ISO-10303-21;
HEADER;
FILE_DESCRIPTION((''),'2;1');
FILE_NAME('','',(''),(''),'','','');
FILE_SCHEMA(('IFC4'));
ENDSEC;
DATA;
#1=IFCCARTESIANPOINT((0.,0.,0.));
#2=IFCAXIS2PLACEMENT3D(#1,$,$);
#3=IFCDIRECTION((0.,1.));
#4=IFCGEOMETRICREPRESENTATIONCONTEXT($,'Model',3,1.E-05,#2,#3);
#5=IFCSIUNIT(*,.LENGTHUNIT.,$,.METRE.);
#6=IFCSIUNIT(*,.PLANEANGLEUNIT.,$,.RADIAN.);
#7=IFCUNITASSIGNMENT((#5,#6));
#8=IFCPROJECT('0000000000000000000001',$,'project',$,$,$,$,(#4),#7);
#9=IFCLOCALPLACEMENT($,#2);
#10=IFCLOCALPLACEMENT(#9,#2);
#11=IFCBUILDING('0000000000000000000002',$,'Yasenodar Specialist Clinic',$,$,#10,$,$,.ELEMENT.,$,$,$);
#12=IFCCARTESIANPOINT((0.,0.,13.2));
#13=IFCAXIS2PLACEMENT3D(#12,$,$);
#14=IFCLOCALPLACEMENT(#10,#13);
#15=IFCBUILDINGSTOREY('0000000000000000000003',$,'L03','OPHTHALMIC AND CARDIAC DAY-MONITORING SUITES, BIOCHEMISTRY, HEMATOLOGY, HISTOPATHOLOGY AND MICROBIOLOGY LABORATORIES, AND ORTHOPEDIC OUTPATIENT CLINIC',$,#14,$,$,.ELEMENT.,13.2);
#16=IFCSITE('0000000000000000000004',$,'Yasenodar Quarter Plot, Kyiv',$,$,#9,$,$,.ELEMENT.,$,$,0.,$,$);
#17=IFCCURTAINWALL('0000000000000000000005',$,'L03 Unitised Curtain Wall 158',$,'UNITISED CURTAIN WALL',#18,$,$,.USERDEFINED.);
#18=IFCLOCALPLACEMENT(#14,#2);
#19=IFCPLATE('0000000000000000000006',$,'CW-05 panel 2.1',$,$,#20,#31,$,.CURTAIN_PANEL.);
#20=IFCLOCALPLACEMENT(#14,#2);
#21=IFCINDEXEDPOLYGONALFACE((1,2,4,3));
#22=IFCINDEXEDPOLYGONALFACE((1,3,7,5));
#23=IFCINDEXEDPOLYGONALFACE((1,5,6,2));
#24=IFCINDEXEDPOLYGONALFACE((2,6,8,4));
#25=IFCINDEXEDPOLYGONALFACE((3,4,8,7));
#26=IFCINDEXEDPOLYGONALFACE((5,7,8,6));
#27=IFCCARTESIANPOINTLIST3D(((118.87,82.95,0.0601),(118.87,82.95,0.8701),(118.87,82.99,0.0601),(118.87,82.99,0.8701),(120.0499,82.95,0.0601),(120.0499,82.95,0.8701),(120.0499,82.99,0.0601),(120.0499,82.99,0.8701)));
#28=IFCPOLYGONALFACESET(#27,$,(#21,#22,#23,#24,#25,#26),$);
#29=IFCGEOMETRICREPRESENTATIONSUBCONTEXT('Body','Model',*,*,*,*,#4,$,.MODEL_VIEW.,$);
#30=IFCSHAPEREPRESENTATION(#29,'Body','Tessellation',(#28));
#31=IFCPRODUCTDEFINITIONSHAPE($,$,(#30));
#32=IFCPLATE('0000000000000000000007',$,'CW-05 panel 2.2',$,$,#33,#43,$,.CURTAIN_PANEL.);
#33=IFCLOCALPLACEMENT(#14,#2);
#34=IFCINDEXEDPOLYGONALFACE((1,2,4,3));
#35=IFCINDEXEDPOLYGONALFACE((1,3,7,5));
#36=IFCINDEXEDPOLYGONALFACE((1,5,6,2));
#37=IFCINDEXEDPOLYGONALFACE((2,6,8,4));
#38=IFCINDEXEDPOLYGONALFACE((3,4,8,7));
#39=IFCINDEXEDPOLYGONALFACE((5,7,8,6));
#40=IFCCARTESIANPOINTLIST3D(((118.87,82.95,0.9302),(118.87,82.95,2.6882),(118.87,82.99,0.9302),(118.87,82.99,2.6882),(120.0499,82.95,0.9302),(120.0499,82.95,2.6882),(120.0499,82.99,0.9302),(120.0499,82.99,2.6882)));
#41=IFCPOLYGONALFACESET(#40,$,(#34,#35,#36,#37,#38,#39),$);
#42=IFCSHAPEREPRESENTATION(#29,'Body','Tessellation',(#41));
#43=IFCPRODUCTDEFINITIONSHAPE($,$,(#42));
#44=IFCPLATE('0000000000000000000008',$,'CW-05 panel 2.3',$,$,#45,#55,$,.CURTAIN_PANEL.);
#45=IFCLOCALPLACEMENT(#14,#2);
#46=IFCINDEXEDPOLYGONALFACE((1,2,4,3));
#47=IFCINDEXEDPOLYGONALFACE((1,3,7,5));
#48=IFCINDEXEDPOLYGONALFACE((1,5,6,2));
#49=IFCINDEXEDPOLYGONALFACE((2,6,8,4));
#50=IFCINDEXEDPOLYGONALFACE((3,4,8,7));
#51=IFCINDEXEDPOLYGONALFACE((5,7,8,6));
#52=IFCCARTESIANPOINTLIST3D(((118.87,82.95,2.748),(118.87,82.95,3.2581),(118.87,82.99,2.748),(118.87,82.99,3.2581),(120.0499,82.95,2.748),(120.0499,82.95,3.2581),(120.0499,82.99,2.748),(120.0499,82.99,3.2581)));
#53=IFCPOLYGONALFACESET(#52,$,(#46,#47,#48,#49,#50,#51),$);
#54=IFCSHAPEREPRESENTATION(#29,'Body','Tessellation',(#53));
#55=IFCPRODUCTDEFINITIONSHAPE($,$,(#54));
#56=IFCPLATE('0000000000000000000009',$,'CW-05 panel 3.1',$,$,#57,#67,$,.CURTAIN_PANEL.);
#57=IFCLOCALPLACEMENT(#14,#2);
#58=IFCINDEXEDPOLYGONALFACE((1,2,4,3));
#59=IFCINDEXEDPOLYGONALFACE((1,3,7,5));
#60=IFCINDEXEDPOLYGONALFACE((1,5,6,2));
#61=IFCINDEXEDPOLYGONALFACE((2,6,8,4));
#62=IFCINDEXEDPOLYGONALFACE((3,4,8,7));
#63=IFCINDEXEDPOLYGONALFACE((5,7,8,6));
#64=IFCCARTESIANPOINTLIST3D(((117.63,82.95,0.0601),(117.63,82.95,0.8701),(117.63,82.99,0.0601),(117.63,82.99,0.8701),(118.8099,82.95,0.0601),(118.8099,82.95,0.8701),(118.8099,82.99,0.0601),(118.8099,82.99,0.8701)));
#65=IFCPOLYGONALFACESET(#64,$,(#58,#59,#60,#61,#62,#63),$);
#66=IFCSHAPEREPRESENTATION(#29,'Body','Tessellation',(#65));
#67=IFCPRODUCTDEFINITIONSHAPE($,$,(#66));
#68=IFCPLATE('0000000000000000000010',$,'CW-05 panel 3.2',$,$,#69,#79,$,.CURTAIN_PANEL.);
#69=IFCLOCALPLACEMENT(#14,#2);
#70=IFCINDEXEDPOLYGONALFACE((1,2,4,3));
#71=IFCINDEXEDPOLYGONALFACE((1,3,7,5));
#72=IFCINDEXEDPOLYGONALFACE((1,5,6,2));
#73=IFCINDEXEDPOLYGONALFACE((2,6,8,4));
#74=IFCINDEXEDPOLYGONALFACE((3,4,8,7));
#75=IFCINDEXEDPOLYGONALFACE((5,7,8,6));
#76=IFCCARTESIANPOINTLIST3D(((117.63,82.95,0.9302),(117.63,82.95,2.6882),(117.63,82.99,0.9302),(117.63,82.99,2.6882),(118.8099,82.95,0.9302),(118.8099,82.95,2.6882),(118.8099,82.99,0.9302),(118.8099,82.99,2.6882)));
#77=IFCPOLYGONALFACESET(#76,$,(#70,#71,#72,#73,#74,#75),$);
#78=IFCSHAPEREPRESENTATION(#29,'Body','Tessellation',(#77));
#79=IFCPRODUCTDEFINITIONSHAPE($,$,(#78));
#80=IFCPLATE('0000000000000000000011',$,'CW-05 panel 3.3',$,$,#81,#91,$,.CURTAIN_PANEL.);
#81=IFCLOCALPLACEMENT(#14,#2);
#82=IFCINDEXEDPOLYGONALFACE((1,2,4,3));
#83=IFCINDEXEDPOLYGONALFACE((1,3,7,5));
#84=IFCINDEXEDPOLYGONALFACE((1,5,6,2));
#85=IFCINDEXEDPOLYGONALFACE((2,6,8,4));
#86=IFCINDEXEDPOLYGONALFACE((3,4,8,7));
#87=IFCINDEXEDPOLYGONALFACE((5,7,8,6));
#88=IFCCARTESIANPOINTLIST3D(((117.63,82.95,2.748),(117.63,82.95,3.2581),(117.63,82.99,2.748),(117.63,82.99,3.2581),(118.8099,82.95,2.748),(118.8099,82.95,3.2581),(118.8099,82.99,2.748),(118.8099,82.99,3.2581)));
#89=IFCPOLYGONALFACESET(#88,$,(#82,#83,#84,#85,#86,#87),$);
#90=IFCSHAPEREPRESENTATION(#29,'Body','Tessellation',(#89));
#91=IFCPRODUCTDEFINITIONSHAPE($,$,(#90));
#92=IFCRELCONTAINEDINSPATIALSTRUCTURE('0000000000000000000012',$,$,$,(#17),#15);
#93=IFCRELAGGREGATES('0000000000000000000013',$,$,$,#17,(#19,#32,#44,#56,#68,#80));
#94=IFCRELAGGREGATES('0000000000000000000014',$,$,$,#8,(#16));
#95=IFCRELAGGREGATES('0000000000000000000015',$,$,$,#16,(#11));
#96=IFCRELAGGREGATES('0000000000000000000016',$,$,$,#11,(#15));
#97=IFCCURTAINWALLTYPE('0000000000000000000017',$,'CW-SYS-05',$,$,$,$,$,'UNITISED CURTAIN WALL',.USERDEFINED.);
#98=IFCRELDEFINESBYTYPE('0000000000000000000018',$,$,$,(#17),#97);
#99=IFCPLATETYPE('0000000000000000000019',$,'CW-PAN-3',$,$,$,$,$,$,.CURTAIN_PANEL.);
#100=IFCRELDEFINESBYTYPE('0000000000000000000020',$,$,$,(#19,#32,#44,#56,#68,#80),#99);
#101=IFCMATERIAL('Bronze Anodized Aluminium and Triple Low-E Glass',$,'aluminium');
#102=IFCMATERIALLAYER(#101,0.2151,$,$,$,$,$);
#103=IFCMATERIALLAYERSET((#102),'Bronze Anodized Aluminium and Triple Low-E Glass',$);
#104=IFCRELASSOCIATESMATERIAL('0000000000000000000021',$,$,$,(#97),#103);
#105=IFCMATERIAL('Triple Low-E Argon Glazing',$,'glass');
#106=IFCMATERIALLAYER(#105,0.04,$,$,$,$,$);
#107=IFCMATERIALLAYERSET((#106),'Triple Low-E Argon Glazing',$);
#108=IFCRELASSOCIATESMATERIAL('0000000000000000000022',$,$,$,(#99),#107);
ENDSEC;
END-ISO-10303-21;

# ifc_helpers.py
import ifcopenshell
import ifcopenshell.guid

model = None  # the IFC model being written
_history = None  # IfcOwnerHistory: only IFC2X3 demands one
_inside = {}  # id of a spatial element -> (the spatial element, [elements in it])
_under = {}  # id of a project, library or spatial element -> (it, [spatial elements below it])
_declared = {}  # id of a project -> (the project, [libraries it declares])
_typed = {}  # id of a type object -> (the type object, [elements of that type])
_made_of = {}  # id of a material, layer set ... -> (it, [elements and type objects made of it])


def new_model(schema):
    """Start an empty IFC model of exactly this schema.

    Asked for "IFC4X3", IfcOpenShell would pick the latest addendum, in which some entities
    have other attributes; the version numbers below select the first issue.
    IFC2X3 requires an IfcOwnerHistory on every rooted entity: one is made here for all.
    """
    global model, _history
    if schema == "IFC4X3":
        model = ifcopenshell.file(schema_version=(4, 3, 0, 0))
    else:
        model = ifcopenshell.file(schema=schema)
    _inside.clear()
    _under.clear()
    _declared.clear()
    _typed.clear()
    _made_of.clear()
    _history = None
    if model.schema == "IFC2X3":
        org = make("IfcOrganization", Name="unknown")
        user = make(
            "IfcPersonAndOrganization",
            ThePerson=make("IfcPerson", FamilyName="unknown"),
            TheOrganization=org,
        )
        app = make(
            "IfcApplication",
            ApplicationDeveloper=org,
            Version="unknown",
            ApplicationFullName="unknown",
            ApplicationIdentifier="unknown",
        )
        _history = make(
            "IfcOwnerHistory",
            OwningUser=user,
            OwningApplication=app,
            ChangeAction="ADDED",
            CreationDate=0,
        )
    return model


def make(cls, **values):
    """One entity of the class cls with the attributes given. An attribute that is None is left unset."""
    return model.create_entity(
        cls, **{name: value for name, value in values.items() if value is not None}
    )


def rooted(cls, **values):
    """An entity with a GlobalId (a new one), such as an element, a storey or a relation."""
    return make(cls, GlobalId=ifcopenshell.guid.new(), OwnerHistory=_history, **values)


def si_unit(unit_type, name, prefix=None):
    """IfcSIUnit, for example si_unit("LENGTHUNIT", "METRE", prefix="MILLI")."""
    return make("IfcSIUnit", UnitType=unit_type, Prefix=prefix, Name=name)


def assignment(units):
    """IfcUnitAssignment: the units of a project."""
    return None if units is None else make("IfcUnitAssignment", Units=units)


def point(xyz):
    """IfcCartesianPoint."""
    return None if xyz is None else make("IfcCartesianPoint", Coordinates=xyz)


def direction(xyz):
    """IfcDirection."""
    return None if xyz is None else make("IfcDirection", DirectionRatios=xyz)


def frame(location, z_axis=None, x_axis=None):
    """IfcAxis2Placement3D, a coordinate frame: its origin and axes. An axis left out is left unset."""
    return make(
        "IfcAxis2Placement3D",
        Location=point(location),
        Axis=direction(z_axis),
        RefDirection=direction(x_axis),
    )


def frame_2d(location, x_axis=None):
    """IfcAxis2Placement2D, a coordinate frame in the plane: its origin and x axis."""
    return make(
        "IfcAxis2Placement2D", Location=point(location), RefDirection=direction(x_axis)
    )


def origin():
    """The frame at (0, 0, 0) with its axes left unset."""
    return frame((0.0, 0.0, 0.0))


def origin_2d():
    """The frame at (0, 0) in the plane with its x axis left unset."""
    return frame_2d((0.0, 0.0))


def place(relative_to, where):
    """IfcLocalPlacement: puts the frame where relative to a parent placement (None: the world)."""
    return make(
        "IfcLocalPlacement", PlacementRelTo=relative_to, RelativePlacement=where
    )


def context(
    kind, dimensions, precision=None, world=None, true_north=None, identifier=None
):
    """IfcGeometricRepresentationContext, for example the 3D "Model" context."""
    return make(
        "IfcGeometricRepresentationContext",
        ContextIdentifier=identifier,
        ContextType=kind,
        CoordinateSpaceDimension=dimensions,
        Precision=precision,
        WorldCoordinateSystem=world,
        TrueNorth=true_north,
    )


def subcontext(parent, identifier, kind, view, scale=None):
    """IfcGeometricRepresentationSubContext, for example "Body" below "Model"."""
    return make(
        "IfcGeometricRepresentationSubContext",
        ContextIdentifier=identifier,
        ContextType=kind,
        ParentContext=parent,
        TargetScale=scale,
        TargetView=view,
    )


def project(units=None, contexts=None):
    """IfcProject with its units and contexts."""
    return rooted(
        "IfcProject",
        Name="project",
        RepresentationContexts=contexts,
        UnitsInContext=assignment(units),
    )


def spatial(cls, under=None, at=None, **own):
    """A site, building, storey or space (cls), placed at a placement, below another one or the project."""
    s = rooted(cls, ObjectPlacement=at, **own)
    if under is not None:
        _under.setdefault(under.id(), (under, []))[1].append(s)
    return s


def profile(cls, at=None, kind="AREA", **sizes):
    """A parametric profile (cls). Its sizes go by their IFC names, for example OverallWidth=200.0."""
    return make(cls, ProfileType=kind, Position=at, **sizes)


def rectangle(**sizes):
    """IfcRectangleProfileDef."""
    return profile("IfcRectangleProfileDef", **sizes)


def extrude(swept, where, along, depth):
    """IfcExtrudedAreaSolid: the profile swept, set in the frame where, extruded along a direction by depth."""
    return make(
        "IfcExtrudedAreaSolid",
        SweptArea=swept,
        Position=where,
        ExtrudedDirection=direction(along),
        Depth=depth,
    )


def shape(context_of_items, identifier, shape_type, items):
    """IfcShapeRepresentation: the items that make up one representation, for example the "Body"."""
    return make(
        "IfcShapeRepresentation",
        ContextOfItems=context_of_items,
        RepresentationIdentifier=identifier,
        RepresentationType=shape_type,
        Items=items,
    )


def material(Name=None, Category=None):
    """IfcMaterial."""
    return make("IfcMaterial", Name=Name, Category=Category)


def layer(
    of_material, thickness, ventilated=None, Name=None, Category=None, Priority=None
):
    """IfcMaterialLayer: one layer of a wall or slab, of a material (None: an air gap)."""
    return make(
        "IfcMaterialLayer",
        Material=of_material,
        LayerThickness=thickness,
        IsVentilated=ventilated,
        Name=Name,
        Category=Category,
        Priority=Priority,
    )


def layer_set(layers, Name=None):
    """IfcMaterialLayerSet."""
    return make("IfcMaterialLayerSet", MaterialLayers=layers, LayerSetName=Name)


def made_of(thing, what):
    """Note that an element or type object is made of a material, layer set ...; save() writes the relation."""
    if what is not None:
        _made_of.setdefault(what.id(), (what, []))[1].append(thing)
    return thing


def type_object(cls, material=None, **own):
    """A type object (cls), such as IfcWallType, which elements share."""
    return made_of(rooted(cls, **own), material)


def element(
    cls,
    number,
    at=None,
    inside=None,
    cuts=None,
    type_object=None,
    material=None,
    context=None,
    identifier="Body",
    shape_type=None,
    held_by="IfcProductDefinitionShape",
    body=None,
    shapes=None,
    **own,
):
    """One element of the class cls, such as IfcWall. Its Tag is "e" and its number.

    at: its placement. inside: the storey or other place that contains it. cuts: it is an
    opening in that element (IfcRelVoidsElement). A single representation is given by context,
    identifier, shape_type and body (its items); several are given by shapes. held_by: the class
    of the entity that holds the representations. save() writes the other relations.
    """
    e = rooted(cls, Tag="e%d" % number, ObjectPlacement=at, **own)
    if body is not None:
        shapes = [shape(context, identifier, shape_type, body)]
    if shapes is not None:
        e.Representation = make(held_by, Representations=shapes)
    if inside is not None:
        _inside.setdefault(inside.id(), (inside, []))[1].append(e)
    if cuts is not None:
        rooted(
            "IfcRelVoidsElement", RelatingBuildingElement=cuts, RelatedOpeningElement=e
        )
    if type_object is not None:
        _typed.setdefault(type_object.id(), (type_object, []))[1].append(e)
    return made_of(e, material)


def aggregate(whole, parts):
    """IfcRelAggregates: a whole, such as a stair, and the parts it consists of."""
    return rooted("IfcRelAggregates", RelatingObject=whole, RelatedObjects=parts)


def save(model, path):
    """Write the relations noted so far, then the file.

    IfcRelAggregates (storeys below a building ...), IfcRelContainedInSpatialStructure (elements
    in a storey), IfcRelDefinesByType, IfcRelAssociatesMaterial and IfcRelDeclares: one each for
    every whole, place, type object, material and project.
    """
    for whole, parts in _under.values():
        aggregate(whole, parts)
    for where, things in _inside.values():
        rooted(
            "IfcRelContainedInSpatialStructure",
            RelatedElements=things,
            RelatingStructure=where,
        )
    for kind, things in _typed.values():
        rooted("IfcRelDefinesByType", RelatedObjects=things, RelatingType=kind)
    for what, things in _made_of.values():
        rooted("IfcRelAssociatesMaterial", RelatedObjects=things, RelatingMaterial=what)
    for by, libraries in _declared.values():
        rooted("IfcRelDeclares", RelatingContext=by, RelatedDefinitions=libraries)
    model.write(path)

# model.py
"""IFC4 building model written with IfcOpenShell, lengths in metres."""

from ifc_helpers import new_model, si_unit, direction, frame, origin, origin_2d, place, context, subcontext, project, spatial, rectangle, extrude, material, layer, layer_set, type_object, element, aggregate, save


model = new_model("IFC4")

# Units and contexts
model_context = context("Model", 3, precision=1e-05, world=origin(), true_north=direction((0.0, 1.0)))
body_context = subcontext(model_context, "Body", "Model", "MODEL_VIEW")
ifc_project = project(units=[si_unit("LENGTHUNIT", "METRE"), si_unit("PLANEANGLEUNIT", "RADIAN")], contexts=[model_context])

# Site, building, storey
site_placement = place(None, origin())
site = spatial("IfcSite", under=ifc_project, at=site_placement, Name="Yasenodar Quarter Plot, Kyiv", CompositionType="ELEMENT", RefElevation=0.0)
building_placement = place(site_placement, origin())
building = spatial("IfcBuilding", under=site, at=building_placement, Name="Yasenodar Specialist Clinic", CompositionType="ELEMENT")
storey_placement = place(building_placement, frame((0.0, 0.0, 13.2)))
storey = spatial("IfcBuildingStorey", under=building, at=storey_placement, Name="L03", Description="OPHTHALMIC AND CARDIAC DAY-MONITORING SUITES, BIOCHEMISTRY, HEMATOLOGY, HISTOPATHOLOGY AND MICROBIOLOGY LABORATORIES, AND ORTHOPEDIC OUTPATIENT CLINIC", CompositionType="ELEMENT", Elevation=13.2)

# Curtain wall, plates
ifc_material_1 = material(Name="Bronze Anodized Aluminium and Triple Low-E Glass", Category="aluminium")
ifc_layer_1 = layer(ifc_material_1, 0.2151)
ifc_layer_set_1 = layer_set([ifc_layer_1], Name="Bronze Anodized Aluminium and Triple Low-E Glass")
curtain_wall_type = type_object("IfcCurtainWallType", Name="CW-SYS-05", ElementType="UNITISED CURTAIN WALL", PredefinedType="USERDEFINED", material=ifc_layer_set_1)
curtain_wall_placement = place(storey_placement, origin())
curtain_wall = element("IfcCurtainWall", 1, at=curtain_wall_placement, inside=storey, type_object=curtain_wall_type, Name="L03 Unitised Curtain Wall 158", ObjectType="UNITISED CURTAIN WALL", PredefinedType="USERDEFINED")
ifc_material_2 = material(Name="Triple Low-E Argon Glazing", Category="glass")
ifc_layer_2 = layer(ifc_material_2, 0.04)
ifc_layer_set_2 = layer_set([ifc_layer_2], Name="Triple Low-E Argon Glazing")
plate_type = type_object("IfcPlateType", Name="CW-PAN-3", PredefinedType="CURTAIN_PANEL", material=ifc_layer_set_2)
plate_1_placement = place(storey_placement, frame((119.46, 82.97, 0.0601), z_axis=(0.0, 0.0, 1.0), x_axis=(-1.0, 0.0, 0.0)))
plate_1 = element("IfcPlate", 2, at=plate_1_placement, type_object=plate_type, Name="CW-05 panel 2.1", PredefinedType="CURTAIN_PANEL", context=body_context, shape_type="SweptSolid", body=[
    extrude(rectangle(XDim=1.1799, YDim=0.04, at=origin_2d()), origin(), (0.0, 0.0, 1.0), 0.8101),
])
plate_2_placement = place(storey_placement, frame((119.46, 82.97, 0.9302), z_axis=(0.0, 0.0, 1.0), x_axis=(-1.0, 0.0, 0.0)))
plate_2 = element("IfcPlate", 3, at=plate_2_placement, type_object=plate_type, Name="CW-05 panel 2.2", PredefinedType="CURTAIN_PANEL", context=body_context, shape_type="SweptSolid", body=[
    extrude(rectangle(XDim=1.1799, YDim=0.04, at=origin_2d()), origin(), (0.0, 0.0, 1.0), 1.7581),
])
plate_3_placement = place(storey_placement, frame((119.46, 82.97, 2.748), z_axis=(0.0, 0.0, 1.0), x_axis=(-1.0, 0.0, 0.0)))
plate_3 = element("IfcPlate", 4, at=plate_3_placement, type_object=plate_type, Name="CW-05 panel 2.3", PredefinedType="CURTAIN_PANEL", context=body_context, shape_type="SweptSolid", body=[
    extrude(rectangle(XDim=1.1799, YDim=0.04, at=origin_2d()), origin(), (0.0, 0.0, 1.0), 0.51),
])
plate_4_placement = place(storey_placement, frame((118.22, 82.97, 0.0601), z_axis=(0.0, 0.0, 1.0), x_axis=(-1.0, 0.0, 0.0)))
plate_4 = element("IfcPlate", 5, at=plate_4_placement, type_object=plate_type, Name="CW-05 panel 3.1", PredefinedType="CURTAIN_PANEL", context=body_context, shape_type="SweptSolid", body=[
    extrude(rectangle(XDim=1.1799, YDim=0.04, at=origin_2d()), origin(), (0.0, 0.0, 1.0), 0.8101),
])
plate_5_placement = place(storey_placement, frame((118.22, 82.97, 0.9302), z_axis=(0.0, 0.0, 1.0), x_axis=(-1.0, 0.0, 0.0)))
plate_5 = element("IfcPlate", 6, at=plate_5_placement, type_object=plate_type, Name="CW-05 panel 3.2", PredefinedType="CURTAIN_PANEL", context=body_context, shape_type="SweptSolid", body=[
    extrude(rectangle(XDim=1.1799, YDim=0.04, at=origin_2d()), origin(), (0.0, 0.0, 1.0), 1.7581),
])
plate_6_placement = place(storey_placement, frame((118.22, 82.97, 2.748), z_axis=(0.0, 0.0, 1.0), x_axis=(-1.0, 0.0, 0.0)))
plate_6 = element("IfcPlate", 7, at=plate_6_placement, type_object=plate_type, Name="CW-05 panel 3.3", PredefinedType="CURTAIN_PANEL", context=body_context, shape_type="SweptSolid", body=[
    extrude(rectangle(XDim=1.1799, YDim=0.04, at=origin_2d()), origin(), (0.0, 0.0, 1.0), 0.51),
])
aggregate(curtain_wall, [plate_1, plate_2, plate_3, plate_4, plate_5, plate_6])

save(model, "model.ifc")
